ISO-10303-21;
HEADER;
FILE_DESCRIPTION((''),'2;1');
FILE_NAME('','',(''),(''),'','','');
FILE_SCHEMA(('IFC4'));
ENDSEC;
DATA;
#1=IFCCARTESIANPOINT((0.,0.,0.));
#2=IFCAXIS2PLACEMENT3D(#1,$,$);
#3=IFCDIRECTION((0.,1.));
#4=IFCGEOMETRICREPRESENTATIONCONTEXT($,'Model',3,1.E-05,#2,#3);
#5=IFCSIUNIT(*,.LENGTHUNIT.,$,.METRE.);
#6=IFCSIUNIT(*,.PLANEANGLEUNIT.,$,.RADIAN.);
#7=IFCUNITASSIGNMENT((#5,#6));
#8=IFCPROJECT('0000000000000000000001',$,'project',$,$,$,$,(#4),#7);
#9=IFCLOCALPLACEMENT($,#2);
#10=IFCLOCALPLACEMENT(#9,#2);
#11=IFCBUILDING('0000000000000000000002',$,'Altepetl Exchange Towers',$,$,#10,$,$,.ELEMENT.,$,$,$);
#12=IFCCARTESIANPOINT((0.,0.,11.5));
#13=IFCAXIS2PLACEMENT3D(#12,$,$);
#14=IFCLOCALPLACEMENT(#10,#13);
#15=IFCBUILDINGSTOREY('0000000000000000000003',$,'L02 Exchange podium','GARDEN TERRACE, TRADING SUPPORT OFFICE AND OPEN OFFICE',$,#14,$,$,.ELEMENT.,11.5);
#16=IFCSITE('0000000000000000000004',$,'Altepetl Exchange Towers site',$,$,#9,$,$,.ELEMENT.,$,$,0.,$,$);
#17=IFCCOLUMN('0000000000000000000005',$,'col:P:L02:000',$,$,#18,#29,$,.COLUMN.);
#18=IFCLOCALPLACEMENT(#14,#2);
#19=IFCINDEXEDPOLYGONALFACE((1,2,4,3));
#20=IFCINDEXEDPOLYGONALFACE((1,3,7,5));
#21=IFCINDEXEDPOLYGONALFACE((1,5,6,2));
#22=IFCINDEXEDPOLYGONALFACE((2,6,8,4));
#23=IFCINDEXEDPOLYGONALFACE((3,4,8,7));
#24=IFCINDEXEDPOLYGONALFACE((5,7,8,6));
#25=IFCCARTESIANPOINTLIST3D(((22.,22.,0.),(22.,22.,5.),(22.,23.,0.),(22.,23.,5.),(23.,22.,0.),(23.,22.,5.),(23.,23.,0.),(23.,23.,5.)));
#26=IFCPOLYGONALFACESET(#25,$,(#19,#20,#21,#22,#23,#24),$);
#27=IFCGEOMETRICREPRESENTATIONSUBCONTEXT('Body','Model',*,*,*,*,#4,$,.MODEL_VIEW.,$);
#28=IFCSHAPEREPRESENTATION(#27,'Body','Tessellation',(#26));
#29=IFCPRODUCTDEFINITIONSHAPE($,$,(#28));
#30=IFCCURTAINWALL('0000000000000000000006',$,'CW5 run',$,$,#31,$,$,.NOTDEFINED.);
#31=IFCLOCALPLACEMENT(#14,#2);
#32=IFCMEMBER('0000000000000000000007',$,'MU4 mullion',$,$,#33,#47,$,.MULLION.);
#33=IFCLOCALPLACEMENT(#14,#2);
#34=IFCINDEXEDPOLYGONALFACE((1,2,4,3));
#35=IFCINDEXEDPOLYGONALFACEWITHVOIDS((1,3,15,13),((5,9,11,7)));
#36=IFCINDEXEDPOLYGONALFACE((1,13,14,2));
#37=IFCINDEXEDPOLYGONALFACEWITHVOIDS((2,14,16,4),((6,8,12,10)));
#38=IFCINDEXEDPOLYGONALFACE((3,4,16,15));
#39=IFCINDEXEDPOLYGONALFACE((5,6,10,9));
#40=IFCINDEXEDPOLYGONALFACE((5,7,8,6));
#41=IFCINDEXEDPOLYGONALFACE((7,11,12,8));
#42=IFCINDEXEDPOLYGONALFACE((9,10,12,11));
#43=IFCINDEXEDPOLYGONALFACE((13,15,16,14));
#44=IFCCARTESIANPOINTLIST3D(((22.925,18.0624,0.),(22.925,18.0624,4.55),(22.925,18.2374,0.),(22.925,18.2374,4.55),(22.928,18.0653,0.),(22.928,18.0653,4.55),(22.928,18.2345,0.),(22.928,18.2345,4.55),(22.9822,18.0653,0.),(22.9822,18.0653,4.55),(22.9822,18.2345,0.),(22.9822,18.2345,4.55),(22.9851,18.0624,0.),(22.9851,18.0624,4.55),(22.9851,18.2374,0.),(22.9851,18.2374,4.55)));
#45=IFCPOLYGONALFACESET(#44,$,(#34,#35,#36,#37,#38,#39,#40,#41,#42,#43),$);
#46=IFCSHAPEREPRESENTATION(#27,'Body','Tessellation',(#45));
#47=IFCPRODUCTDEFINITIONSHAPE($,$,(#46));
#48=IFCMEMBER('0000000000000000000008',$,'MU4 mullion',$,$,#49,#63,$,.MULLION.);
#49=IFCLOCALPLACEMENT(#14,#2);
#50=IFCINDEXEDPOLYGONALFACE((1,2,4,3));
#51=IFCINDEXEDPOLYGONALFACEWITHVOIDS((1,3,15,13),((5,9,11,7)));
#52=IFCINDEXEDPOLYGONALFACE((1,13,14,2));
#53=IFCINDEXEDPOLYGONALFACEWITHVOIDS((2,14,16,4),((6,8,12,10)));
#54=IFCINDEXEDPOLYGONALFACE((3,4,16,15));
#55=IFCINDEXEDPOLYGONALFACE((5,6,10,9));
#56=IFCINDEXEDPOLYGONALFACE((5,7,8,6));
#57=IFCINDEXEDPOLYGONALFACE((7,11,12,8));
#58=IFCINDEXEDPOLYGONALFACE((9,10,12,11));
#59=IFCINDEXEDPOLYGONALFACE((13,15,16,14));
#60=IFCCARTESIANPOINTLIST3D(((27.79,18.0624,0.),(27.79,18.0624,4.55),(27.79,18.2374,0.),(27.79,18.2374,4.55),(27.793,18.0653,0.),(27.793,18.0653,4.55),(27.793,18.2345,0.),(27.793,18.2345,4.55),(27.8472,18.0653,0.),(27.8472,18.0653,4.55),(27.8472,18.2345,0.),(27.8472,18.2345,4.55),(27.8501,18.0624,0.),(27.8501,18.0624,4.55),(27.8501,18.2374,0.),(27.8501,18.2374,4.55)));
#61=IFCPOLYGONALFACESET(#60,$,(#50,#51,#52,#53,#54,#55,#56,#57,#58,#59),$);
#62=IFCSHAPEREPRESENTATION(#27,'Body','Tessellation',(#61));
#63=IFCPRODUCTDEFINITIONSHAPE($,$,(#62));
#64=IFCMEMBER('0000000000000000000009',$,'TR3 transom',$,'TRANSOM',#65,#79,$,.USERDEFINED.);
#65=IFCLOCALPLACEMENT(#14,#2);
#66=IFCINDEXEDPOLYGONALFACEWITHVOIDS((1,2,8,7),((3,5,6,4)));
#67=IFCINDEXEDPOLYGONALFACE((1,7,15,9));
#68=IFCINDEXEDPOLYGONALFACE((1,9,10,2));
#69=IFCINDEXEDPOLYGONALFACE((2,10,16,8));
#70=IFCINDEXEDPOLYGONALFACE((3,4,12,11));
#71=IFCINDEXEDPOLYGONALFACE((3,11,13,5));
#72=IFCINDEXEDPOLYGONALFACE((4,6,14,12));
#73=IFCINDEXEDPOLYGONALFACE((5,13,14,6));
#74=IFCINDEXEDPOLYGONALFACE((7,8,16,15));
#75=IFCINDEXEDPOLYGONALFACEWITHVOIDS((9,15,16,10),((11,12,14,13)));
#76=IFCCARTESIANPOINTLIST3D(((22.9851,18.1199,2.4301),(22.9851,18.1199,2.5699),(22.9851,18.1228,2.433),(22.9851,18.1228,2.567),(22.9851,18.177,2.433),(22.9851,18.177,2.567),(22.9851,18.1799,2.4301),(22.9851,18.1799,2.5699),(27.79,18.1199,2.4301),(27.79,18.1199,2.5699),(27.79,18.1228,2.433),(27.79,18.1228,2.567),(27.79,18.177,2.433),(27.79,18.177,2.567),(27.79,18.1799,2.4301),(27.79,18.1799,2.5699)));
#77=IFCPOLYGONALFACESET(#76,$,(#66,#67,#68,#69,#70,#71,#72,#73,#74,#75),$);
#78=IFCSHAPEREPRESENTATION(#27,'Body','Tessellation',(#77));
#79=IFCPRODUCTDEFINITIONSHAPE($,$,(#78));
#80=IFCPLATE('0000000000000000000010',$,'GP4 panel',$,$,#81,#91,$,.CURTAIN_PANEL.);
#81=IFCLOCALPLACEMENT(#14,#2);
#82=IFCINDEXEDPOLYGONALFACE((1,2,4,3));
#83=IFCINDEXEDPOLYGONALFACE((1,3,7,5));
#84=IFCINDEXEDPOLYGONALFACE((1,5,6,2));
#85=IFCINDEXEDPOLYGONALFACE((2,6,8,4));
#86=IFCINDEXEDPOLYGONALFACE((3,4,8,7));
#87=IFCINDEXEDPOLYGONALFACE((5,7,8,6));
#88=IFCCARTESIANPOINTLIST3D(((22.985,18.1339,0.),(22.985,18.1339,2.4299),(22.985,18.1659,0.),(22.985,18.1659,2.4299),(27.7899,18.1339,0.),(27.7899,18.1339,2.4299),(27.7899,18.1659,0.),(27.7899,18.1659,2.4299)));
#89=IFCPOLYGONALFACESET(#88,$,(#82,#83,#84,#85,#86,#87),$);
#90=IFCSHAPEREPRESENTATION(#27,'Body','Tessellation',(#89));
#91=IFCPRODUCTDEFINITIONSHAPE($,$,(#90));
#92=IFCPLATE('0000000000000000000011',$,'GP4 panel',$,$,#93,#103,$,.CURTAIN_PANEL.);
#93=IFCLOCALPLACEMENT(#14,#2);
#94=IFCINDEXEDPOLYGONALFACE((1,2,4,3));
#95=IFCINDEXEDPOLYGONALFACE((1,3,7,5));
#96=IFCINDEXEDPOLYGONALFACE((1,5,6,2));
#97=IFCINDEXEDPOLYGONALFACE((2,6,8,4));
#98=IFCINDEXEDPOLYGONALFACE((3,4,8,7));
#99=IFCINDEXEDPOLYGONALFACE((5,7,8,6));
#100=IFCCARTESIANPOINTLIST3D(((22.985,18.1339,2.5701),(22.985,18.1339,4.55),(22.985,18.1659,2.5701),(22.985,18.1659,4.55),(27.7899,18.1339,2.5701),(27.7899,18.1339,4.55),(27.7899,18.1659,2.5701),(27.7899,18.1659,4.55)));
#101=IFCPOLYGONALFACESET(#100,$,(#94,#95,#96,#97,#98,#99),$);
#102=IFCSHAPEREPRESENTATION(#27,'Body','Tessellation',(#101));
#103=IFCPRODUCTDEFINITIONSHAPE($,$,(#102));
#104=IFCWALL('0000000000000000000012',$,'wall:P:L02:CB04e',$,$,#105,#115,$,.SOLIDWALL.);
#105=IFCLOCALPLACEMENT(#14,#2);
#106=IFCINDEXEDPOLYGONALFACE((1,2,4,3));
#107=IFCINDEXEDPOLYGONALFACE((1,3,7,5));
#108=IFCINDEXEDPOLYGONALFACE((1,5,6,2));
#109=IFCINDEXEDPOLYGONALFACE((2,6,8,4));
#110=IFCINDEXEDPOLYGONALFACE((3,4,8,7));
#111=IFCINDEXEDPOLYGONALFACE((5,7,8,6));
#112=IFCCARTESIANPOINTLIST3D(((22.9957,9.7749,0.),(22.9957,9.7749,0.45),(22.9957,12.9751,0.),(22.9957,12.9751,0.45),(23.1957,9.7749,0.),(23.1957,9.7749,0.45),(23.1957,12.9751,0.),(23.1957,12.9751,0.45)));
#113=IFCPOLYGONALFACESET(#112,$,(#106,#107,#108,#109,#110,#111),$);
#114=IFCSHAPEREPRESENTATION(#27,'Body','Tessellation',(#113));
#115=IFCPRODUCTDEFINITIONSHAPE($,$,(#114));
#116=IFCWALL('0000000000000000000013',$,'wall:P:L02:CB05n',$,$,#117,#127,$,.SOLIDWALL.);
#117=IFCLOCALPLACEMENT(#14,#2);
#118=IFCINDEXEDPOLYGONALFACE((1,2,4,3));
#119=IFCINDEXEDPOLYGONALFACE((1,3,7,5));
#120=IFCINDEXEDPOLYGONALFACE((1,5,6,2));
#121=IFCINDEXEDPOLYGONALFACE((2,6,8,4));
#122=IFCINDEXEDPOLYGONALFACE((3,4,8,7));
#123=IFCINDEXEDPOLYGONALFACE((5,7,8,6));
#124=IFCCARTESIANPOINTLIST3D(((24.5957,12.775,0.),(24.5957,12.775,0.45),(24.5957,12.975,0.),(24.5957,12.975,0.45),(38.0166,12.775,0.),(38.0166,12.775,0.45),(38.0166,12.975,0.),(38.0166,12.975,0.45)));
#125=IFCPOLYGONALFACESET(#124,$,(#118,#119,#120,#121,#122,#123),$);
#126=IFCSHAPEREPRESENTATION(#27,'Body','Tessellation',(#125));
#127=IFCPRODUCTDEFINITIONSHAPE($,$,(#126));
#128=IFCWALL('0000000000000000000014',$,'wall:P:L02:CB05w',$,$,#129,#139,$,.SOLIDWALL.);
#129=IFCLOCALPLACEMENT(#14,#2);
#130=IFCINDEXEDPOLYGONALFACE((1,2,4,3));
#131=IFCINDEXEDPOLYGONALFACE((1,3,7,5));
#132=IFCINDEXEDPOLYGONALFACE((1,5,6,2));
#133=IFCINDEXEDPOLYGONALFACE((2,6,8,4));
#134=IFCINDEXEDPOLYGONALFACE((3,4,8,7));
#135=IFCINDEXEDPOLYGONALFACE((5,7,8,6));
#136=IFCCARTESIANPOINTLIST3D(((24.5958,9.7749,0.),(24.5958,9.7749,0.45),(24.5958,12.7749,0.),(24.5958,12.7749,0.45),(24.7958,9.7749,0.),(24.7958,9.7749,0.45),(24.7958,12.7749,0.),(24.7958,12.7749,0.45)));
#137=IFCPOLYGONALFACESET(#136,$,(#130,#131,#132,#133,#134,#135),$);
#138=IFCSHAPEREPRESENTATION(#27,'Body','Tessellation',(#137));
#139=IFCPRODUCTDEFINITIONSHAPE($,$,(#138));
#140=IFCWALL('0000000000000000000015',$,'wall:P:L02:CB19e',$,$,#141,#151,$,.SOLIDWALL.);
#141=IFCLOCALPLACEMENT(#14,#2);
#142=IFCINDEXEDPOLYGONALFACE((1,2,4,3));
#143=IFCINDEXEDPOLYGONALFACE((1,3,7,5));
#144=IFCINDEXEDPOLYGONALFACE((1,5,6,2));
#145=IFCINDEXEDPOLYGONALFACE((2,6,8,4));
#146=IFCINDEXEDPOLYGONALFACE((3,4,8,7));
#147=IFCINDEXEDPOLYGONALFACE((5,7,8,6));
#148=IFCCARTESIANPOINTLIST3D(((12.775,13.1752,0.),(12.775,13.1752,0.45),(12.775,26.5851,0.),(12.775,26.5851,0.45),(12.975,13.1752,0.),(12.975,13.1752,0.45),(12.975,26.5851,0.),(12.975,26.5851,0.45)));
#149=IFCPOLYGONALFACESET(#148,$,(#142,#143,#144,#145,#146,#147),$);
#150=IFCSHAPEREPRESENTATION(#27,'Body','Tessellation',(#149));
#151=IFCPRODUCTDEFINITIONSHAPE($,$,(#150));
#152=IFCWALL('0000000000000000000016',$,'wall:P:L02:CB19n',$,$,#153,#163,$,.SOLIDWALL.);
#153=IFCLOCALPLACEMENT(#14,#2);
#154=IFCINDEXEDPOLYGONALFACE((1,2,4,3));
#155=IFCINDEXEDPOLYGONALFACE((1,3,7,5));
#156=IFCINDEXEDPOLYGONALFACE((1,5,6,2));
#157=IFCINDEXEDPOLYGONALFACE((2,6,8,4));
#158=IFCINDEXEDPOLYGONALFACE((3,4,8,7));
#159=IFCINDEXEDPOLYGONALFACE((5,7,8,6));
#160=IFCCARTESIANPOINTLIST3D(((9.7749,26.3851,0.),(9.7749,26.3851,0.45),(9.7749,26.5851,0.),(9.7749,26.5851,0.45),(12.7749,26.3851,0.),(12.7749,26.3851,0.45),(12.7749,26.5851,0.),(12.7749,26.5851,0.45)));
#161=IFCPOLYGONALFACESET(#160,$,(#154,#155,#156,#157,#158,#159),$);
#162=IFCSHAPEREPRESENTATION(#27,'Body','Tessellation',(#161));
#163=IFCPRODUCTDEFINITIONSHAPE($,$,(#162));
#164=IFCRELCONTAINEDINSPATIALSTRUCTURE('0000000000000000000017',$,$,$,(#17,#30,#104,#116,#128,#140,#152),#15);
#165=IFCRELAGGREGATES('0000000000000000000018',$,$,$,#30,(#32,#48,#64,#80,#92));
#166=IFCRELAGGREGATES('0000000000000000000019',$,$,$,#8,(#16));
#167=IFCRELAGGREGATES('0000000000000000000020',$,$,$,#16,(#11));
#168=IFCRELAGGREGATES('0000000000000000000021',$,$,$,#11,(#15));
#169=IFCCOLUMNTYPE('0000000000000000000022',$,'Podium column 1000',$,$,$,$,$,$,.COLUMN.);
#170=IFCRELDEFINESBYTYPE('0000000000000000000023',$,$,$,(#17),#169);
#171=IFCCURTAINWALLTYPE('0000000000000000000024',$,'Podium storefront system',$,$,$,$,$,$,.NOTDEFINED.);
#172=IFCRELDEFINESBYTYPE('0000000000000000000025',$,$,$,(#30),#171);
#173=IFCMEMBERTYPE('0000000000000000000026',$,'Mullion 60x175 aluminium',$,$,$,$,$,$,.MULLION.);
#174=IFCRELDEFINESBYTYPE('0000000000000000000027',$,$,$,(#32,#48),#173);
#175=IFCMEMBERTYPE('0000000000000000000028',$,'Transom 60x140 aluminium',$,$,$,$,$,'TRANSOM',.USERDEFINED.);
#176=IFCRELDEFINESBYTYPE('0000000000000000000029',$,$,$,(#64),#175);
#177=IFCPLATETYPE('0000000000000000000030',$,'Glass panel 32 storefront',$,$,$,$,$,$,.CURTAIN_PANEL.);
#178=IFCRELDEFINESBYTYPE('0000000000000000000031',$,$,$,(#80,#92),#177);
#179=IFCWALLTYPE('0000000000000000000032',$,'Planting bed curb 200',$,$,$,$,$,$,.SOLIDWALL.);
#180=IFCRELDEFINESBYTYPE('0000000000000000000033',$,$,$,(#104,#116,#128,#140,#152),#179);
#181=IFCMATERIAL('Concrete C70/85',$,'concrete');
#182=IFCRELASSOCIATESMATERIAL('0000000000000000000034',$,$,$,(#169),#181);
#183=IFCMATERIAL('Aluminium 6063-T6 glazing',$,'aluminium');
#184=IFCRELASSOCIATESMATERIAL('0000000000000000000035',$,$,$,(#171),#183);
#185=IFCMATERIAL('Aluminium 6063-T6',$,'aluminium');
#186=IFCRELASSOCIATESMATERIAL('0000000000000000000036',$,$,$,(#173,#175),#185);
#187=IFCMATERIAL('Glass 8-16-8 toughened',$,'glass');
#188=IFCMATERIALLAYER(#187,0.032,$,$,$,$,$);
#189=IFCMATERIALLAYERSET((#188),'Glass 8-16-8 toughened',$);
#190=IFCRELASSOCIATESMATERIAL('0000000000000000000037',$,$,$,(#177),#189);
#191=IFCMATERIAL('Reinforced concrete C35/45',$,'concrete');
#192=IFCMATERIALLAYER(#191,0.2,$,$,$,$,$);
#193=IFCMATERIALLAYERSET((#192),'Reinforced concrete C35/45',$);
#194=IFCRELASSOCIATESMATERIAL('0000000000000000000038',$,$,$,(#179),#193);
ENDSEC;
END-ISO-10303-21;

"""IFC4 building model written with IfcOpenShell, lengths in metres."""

from ifc_helpers import new_model, si_unit, direction, frame, frame_2d, origin, origin_2d, place, context, subcontext, project, spatial, rectangle, hollow_rectangle, extrude, material, layer, layer_set, material_profile, profile_set, type_object, element, aggregate, save


model = new_model("IFC4")

# Units and contexts
model_context = context("Model", 3, precision=1e-05, world=origin(), true_north=direction((0.0, 1.0)))
body_context = subcontext(model_context, "Body", "Model", "MODEL_VIEW")
ifc_project = project(units=[si_unit("LENGTHUNIT", "METRE"), si_unit("PLANEANGLEUNIT", "RADIAN")], contexts=[model_context])

# Site, building, storey
site_placement = place(None, origin())
site = spatial("IfcSite", under=ifc_project, at=site_placement, Name="Altepetl Exchange Towers site", CompositionType="ELEMENT", RefElevation=0.0)
building_placement = place(site_placement, origin())
building = spatial("IfcBuilding", under=site, at=building_placement, Name="Altepetl Exchange Towers", CompositionType="ELEMENT")
storey_placement = place(building_placement, frame((0.0, 0.0, 11.5)))
storey = spatial("IfcBuildingStorey", under=building, at=storey_placement, Name="L02 Exchange podium", Description="GARDEN TERRACE, TRADING SUPPORT OFFICE AND OPEN OFFICE", CompositionType="ELEMENT", Elevation=11.5)

# Column
ifc_material_1 = material(Name="Concrete C70/85", Category="concrete")
ifc_material_profile_1 = material_profile(ifc_material_1, rectangle(XDim=1.0, YDim=1.0, at=origin_2d()), Name="1000 x 1000")
ifc_profile_set_1 = profile_set([ifc_material_profile_1], Name="Concrete C70/85")
column_type = type_object("IfcColumnType", Name="Podium column 1000", PredefinedType="COLUMN", material=ifc_profile_set_1)
column_placement = place(storey_placement, frame((22.5, 22.5, 0.0)))
element("IfcColumn", 1, at=column_placement, inside=storey, type_object=column_type, Name="col:P:L02:000", PredefinedType="COLUMN", context=body_context, shape_type="SweptSolid", body=[
    extrude(rectangle(XDim=1.0, YDim=1.0, at=origin_2d()), origin(), (0.0, 0.0, 1.0), 5.0),
])

# Curtain wall, members, plates
ifc_material_2 = material(Name="Aluminium 6063-T6 glazing", Category="aluminium")
curtain_wall_type = type_object("IfcCurtainWallType", Name="Podium storefront system", PredefinedType="NOTDEFINED", material=ifc_material_2)
curtain_wall_placement = place(storey_placement, origin())
curtain_wall = element("IfcCurtainWall", 2, at=curtain_wall_placement, inside=storey, type_object=curtain_wall_type, Name="CW5 run", PredefinedType="NOTDEFINED")
ifc_material_3 = material(Name="Aluminium 6063-T6", Category="aluminium")
ifc_material_profile_2 = material_profile(ifc_material_3, hollow_rectangle(XDim=0.0601, YDim=0.175, WallThickness=0.0029, at=origin_2d()), Name="Mullion 60x175 aluminium")
ifc_profile_set_2 = profile_set([ifc_material_profile_2], Name="Aluminium 6063-T6")
member_type_1 = type_object("IfcMemberType", Name="Mullion 60x175 aluminium", PredefinedType="MULLION", material=ifc_profile_set_2)
member_1_placement = place(storey_placement, frame((22.9551, 18.1499, 0.0)))
member_1 = element("IfcMember", 3, at=member_1_placement, type_object=member_type_1, Name="MU4 mullion", PredefinedType="MULLION", context=body_context, shape_type="SweptSolid", body=[
    extrude(hollow_rectangle(XDim=0.0601, YDim=0.175, WallThickness=0.0029, at=origin_2d()), origin(), (0.0, 0.0, 1.0), 4.55),
])
member_2_placement = place(storey_placement, frame((27.8201, 18.1499, 0.0)))
member_2 = element("IfcMember", 4, at=member_2_placement, type_object=member_type_1, Name="MU4 mullion", PredefinedType="MULLION", context=body_context, shape_type="SweptSolid", body=[
    extrude(hollow_rectangle(XDim=0.0601, YDim=0.175, WallThickness=0.0029, at=origin_2d()), origin(), (0.0, 0.0, 1.0), 4.55),
])
ifc_material_profile_3 = material_profile(ifc_material_3, hollow_rectangle(XDim=0.0601, YDim=0.1399, WallThickness=0.0029, at=origin_2d()), Name="Transom 60x140 aluminium")
ifc_profile_set_3 = profile_set([ifc_material_profile_3], Name="Aluminium 6063-T6")
member_type_2 = type_object("IfcMemberType", Name="Transom 60x140 aluminium", ElementType="TRANSOM", PredefinedType="USERDEFINED", material=ifc_profile_set_3)
member_3_placement = place(storey_placement, frame((22.9851, 18.1499, 2.5), z_axis=(1.0, 0.0, 0.0), x_axis=(0.0, 1.0, 0.0)))
member_3 = element("IfcMember", 5, at=member_3_placement, type_object=member_type_2, Name="TR3 transom", ObjectType="TRANSOM", PredefinedType="USERDEFINED", context=body_context, shape_type="SweptSolid", body=[
    extrude(hollow_rectangle(XDim=0.0601, YDim=0.1399, WallThickness=0.0029, at=origin_2d()), origin(), (0.0, 0.0, 1.0), 4.8049),
])
ifc_material_4 = material(Name="Glass 8-16-8 toughened", Category="glass")
ifc_layer_1 = layer(ifc_material_4, 0.032)
ifc_layer_set_1 = layer_set([ifc_layer_1], Name="Glass 8-16-8 toughened")
plate_type = type_object("IfcPlateType", Name="Glass panel 32 storefront", PredefinedType="CURTAIN_PANEL", material=ifc_layer_set_1)
plate_1_placement = place(storey_placement, frame((25.3875, 18.1499, 0.0)))
plate_1 = element("IfcPlate", 6, at=plate_1_placement, type_object=plate_type, Name="GP4 panel", PredefinedType="CURTAIN_PANEL", context=body_context, shape_type="SweptSolid", body=[
    extrude(rectangle(XDim=4.8049, YDim=0.032, at=origin_2d()), origin(), (0.0, 0.0, 1.0), 2.4299),
])
plate_2_placement = place(storey_placement, frame((25.3875, 18.1499, 2.5701)))
plate_2 = element("IfcPlate", 7, at=plate_2_placement, type_object=plate_type, Name="GP4 panel", PredefinedType="CURTAIN_PANEL", context=body_context, shape_type="SweptSolid", body=[
    extrude(rectangle(XDim=4.8049, YDim=0.032, at=origin_2d()), origin(), (0.0, 0.0, 1.0), 1.98),
])
aggregate(curtain_wall, [member_1, member_2, member_3, plate_1, plate_2])

# Walls
ifc_material_5 = material(Name="Reinforced concrete C35/45", Category="concrete")
ifc_layer_2 = layer(ifc_material_5, 0.2)
ifc_layer_set_2 = layer_set([ifc_layer_2], Name="Reinforced concrete C35/45")
wall_type_1 = type_object("IfcWallType", Name="Planting bed curb 200", PredefinedType="SOLIDWALL", material=ifc_layer_set_2)
wall_1_placement = place(storey_placement, frame((23.0957, 9.7749, 0.0), z_axis=(0.0, 0.0, 1.0), x_axis=(0.0, 1.0, 0.0)))
element("IfcWall", 8, at=wall_1_placement, inside=storey, type_object=wall_type_1, Name="wall:P:L02:CB04e", PredefinedType="SOLIDWALL", context=body_context, shape_type="SweptSolid", body=[
    extrude(rectangle(XDim=3.2002, YDim=0.2, at=frame_2d((1.6001, 0.0))), origin(), (0.0, 0.0, 1.0), 0.45),
])
wall_2_placement = place(storey_placement, frame((24.5957, 12.875, 0.0)))
element("IfcWall", 9, at=wall_2_placement, inside=storey, type_object=wall_type_1, Name="wall:P:L02:CB05n", PredefinedType="SOLIDWALL", context=body_context, shape_type="SweptSolid", body=[
    extrude(rectangle(XDim=13.4209, YDim=0.2, at=frame_2d((6.7104, 0.0))), origin(), (0.0, 0.0, 1.0), 0.45),
])
wall_3_placement = place(storey_placement, frame((24.6958, 9.7749, 0.0), z_axis=(0.0, 0.0, 1.0), x_axis=(0.0, 1.0, 0.0)))
element("IfcWall", 10, at=wall_3_placement, inside=storey, type_object=wall_type_1, Name="wall:P:L02:CB05w", PredefinedType="SOLIDWALL", context=body_context, shape_type="SweptSolid", body=[
    extrude(rectangle(XDim=3.0, YDim=0.2, at=frame_2d((1.5, 0.0))), origin(), (0.0, 0.0, 1.0), 0.45),
])
wall_4_placement = place(storey_placement, frame((12.875, 13.175, 0.0), z_axis=(0.0, 0.0, 1.0), x_axis=(0.0, 1.0, 0.0)))
element("IfcWall", 11, at=wall_4_placement, inside=storey, type_object=wall_type_1, Name="wall:P:L02:CB19e", PredefinedType="SOLIDWALL", context=body_context, shape_type="SweptSolid", body=[
    extrude(rectangle(XDim=13.4099, YDim=0.2, at=frame_2d((6.7051, 0.0))), origin(), (0.0, 0.0, 1.0), 0.45),
])
wall_5_placement = place(storey_placement, frame((9.7749, 26.4851, 0.0)))
element("IfcWall", 12, at=wall_5_placement, inside=storey, type_object=wall_type_1, Name="wall:P:L02:CB19n", PredefinedType="SOLIDWALL", context=body_context, shape_type="SweptSolid", body=[
    extrude(rectangle(XDim=3.0, YDim=0.2, at=frame_2d((1.5, 0.0))), origin(), (0.0, 0.0, 1.0), 0.45),
])

save(model, "model.ifc")
